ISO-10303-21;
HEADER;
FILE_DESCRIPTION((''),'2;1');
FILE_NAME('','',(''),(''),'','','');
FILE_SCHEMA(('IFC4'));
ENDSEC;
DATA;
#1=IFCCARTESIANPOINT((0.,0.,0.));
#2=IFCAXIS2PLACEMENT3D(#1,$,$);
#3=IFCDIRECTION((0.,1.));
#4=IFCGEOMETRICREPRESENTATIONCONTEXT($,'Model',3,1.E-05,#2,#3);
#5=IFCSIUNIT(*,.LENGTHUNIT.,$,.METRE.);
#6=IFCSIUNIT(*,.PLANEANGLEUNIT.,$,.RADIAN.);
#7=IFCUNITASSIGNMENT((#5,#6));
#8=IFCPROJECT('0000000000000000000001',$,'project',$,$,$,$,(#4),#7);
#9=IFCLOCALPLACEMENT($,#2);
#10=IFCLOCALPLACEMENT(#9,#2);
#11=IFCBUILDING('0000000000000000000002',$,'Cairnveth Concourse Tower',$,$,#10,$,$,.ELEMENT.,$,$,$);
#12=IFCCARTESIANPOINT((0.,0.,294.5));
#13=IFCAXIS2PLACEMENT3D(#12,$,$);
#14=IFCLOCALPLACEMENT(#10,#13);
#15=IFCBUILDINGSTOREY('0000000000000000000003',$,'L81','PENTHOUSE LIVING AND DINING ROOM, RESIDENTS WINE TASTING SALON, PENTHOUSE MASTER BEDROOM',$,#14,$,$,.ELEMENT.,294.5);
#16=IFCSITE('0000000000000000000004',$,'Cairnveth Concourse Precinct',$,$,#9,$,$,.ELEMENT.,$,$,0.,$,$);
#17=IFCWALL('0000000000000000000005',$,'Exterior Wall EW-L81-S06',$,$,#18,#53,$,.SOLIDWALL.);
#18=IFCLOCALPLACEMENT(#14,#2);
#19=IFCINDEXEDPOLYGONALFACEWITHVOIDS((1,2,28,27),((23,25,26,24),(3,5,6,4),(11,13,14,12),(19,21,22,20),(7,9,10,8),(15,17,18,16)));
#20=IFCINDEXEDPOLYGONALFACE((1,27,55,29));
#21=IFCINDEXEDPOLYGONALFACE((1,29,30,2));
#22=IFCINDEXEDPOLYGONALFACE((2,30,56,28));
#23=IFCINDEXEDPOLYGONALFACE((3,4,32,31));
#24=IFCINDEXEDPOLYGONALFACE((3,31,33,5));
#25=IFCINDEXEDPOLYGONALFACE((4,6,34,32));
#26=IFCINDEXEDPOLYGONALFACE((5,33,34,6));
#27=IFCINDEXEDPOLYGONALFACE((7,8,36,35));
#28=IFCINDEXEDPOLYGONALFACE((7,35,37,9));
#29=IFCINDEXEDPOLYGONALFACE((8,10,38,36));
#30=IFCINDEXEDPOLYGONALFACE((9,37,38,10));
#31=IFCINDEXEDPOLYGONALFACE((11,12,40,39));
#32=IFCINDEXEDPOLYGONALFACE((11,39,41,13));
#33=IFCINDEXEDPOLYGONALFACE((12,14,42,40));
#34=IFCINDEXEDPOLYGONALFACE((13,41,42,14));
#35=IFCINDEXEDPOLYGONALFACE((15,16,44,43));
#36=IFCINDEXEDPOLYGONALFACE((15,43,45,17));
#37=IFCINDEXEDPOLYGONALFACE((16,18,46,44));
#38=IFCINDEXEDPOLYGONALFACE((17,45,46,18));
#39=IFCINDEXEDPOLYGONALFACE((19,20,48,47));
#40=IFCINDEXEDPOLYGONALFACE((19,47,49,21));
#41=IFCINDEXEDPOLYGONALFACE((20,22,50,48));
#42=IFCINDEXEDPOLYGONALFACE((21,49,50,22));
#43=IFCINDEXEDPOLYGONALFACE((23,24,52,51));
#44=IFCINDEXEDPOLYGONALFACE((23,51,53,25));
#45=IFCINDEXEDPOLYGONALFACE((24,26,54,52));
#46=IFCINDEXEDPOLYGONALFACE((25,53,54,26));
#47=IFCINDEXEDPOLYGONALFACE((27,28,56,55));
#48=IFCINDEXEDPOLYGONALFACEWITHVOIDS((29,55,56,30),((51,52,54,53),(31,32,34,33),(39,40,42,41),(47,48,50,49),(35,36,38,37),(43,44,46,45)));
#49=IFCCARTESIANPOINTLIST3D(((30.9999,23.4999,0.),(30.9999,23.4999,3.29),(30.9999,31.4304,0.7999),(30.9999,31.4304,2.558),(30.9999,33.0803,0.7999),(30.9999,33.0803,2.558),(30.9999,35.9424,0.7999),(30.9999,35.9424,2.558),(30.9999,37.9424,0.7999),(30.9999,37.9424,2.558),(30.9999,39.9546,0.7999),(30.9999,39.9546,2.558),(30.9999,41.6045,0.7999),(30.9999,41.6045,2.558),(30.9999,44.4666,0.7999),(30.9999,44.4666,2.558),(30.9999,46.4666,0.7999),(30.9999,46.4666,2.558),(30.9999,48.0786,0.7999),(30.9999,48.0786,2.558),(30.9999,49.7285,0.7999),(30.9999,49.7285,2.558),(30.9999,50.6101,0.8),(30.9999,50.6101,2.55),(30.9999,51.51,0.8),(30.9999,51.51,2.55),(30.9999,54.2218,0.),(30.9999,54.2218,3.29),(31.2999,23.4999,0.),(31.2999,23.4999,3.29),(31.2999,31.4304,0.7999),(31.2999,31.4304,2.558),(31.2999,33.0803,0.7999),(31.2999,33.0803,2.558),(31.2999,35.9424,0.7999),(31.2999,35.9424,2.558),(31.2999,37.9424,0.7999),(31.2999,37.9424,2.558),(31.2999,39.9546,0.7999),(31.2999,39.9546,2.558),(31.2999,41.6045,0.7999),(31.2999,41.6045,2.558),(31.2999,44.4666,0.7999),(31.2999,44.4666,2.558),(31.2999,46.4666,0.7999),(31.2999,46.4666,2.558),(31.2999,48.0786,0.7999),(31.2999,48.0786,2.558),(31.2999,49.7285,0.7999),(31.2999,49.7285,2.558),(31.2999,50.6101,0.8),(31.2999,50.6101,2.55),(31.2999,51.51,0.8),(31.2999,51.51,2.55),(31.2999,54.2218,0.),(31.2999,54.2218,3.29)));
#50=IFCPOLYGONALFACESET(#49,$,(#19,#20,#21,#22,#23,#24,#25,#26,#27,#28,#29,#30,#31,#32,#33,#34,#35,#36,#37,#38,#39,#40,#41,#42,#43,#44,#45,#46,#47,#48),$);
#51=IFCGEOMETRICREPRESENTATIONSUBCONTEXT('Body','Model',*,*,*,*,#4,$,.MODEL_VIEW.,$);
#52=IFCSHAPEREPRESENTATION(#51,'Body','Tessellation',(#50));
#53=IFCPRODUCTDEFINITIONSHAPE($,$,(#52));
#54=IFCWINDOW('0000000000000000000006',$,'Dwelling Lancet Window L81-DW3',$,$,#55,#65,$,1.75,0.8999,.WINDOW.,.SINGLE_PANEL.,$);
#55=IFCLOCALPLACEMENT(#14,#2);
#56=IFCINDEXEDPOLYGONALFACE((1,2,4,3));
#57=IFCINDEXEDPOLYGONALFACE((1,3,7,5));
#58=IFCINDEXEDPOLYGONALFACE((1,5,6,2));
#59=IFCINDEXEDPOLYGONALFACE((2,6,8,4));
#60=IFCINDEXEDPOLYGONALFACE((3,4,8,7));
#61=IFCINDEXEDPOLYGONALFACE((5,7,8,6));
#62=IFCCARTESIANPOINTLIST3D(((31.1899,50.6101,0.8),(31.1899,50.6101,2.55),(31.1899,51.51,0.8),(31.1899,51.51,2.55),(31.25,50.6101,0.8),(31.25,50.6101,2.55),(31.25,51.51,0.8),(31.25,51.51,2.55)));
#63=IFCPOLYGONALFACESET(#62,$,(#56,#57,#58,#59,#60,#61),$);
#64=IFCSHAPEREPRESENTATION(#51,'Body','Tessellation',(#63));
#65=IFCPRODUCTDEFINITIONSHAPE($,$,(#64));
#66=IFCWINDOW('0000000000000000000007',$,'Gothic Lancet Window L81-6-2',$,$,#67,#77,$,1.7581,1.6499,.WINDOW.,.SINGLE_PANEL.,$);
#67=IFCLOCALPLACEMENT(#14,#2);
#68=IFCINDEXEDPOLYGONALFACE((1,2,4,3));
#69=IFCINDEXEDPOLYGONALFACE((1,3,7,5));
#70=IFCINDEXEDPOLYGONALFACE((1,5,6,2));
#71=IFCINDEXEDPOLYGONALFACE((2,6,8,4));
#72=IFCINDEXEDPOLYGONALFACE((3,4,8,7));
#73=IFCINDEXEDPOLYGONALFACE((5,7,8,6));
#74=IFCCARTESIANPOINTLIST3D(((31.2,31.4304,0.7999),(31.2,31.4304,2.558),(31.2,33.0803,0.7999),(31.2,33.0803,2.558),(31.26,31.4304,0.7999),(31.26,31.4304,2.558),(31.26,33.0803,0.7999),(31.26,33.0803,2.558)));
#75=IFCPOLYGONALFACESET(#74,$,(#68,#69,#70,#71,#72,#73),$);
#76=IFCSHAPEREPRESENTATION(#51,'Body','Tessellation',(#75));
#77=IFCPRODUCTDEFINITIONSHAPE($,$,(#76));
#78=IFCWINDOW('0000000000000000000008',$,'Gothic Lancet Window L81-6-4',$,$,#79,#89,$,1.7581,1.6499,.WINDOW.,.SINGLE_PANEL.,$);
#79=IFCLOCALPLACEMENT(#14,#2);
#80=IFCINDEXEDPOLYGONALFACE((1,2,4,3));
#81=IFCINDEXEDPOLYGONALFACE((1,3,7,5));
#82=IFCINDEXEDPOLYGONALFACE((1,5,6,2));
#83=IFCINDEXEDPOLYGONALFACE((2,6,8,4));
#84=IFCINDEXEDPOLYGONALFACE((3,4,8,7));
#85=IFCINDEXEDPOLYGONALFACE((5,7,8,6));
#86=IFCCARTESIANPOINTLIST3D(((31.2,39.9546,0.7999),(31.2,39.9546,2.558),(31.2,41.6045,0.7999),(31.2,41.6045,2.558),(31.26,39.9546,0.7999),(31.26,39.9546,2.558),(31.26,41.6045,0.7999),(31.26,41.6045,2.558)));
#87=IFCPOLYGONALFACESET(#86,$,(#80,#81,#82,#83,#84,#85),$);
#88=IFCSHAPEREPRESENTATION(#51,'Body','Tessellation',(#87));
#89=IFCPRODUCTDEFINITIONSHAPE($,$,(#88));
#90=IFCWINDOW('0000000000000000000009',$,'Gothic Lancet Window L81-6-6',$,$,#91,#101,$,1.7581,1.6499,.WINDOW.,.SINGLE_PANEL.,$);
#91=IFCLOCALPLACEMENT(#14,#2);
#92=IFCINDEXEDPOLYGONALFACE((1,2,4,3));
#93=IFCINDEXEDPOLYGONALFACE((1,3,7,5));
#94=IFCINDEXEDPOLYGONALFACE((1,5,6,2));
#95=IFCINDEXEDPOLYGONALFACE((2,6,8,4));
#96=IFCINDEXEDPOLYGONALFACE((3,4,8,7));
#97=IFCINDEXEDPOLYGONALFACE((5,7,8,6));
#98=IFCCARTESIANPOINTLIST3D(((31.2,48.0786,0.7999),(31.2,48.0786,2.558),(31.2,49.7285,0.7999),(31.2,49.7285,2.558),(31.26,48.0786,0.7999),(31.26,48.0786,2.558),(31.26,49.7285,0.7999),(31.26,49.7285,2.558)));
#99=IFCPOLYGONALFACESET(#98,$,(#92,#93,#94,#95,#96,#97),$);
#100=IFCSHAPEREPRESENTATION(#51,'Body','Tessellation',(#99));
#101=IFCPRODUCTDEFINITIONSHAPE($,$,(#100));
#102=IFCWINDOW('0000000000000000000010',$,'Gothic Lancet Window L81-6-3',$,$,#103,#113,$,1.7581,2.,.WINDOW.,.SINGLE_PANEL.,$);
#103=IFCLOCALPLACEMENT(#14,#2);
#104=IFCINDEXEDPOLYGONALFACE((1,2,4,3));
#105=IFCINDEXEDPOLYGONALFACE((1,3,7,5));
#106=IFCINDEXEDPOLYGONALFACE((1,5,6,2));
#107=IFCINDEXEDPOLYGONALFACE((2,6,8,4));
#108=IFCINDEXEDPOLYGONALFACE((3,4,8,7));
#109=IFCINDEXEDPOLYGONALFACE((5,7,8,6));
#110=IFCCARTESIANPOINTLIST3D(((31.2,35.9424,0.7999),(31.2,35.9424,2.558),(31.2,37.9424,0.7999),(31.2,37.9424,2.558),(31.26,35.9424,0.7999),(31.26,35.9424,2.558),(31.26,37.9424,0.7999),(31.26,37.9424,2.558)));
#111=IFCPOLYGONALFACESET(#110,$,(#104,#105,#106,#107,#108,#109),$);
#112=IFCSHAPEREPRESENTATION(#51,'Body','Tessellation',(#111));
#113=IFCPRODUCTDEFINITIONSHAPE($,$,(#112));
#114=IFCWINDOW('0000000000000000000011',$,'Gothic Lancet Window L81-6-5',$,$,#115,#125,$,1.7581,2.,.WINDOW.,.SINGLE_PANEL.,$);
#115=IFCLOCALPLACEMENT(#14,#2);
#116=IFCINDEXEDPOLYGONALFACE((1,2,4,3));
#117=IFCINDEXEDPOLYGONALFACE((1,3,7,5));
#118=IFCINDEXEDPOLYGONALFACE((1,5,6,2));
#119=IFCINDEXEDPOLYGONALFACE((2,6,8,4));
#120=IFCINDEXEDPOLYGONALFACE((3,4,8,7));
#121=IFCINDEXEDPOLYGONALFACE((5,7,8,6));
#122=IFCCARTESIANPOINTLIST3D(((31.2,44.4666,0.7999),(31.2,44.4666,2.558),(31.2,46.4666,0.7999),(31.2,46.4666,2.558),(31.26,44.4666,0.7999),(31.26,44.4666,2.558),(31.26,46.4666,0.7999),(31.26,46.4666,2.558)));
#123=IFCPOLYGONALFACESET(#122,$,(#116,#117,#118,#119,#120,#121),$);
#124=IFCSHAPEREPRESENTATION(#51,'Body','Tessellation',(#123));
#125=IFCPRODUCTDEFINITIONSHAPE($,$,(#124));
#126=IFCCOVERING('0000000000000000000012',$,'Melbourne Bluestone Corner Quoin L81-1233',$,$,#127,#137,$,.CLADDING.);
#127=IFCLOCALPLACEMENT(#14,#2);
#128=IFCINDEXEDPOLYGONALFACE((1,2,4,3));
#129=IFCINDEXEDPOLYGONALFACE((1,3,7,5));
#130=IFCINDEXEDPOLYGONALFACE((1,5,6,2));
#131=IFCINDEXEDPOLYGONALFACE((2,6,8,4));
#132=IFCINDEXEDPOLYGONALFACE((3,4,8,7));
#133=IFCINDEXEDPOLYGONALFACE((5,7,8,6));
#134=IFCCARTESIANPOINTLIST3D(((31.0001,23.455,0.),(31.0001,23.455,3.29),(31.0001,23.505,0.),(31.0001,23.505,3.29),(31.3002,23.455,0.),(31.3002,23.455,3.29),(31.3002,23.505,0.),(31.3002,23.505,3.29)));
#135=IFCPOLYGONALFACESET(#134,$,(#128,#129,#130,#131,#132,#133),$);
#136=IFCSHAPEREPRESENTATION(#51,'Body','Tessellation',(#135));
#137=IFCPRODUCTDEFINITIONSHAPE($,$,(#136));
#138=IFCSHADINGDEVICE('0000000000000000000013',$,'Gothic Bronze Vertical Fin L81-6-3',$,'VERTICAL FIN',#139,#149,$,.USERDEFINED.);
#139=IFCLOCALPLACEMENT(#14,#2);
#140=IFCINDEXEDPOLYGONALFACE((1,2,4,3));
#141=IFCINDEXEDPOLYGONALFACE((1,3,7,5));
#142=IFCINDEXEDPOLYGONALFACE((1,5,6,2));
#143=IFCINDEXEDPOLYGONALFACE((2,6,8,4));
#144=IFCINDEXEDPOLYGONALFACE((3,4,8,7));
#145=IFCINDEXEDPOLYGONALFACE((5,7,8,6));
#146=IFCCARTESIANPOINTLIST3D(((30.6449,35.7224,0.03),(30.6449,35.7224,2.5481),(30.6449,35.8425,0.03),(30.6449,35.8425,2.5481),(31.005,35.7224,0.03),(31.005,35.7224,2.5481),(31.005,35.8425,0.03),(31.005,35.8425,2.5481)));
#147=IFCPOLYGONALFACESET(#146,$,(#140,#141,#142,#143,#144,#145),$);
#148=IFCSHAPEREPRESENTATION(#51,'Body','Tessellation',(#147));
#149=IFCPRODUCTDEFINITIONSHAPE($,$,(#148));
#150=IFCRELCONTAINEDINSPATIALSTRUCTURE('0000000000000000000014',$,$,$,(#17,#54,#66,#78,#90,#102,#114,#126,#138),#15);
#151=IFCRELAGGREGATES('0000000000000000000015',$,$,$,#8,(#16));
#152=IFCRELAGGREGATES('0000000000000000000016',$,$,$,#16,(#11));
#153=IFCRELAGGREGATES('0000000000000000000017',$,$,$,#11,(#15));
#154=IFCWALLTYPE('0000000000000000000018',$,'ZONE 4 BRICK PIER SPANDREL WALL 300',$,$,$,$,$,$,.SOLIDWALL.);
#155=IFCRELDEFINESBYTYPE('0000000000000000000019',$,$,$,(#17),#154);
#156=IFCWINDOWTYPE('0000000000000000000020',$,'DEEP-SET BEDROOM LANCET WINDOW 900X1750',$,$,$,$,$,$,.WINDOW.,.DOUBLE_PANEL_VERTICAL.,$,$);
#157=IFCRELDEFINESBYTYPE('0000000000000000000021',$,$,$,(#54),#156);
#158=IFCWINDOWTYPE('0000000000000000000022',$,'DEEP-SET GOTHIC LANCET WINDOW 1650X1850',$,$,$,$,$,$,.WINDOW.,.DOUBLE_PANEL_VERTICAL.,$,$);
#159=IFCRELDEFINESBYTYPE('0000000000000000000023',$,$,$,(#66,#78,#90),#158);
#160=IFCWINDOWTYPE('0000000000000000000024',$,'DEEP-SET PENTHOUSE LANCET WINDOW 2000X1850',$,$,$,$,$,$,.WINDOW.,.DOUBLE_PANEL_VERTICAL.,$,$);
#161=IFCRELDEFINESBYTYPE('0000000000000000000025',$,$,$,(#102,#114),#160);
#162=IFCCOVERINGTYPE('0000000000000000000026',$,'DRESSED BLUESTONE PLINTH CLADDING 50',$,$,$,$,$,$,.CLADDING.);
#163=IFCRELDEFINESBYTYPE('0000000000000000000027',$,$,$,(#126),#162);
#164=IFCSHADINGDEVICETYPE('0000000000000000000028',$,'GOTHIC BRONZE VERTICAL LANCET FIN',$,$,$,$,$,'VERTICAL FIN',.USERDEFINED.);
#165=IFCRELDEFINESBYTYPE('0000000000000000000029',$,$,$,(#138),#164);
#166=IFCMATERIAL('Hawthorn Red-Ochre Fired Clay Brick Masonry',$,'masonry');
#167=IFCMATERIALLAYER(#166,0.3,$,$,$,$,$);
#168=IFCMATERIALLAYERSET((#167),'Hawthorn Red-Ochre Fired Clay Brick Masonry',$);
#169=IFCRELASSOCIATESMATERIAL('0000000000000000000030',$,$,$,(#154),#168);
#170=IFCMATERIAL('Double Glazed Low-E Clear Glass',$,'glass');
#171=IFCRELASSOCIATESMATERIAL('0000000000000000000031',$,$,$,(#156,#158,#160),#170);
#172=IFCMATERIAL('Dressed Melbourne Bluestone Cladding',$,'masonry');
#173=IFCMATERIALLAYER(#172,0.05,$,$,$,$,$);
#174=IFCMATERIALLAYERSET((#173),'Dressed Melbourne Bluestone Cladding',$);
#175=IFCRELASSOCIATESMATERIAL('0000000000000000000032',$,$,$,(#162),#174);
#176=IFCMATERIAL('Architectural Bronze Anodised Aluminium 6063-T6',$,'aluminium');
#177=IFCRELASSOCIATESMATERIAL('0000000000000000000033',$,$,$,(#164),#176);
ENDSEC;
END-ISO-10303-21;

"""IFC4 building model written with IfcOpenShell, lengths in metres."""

from ifc_helpers import new_model, si_unit, direction, frame, frame_2d, origin, origin_2d, place, context, subcontext, project, spatial, rectangle, extrude, material, layer, layer_set, type_object, element, fill, save


model = new_model("IFC4")

# Units and contexts
model_context = context("Model", 3, precision=1e-05, world=origin(), true_north=direction((0.0, 1.0)))
body_context = subcontext(model_context, "Body", "Model", "MODEL_VIEW")
ifc_project = project(units=[si_unit("LENGTHUNIT", "METRE"), si_unit("PLANEANGLEUNIT", "RADIAN")], contexts=[model_context])

# Site, building, storey
site_placement = place(None, origin())
site = spatial("IfcSite", under=ifc_project, at=site_placement, Name="Cairnveth Concourse Precinct", CompositionType="ELEMENT", RefElevation=0.0)
building_placement = place(site_placement, origin())
building = spatial("IfcBuilding", under=site, at=building_placement, Name="Cairnveth Concourse Tower", CompositionType="ELEMENT")
storey_placement = place(building_placement, frame((0.0, 0.0, 294.5)))
storey = spatial("IfcBuildingStorey", under=building, at=storey_placement, Name="L81", Description="PENTHOUSE LIVING AND DINING ROOM, RESIDENTS WINE TASTING SALON, PENTHOUSE MASTER BEDROOM", CompositionType="ELEMENT", Elevation=294.5)

# Wall, openings, windows
ifc_material_1 = material(Name="Hawthorn Red-Ochre Fired Clay Brick Masonry", Category="masonry")
ifc_layer_1 = layer(ifc_material_1, 0.3)
ifc_layer_set_1 = layer_set([ifc_layer_1], Name="Hawthorn Red-Ochre Fired Clay Brick Masonry")
wall_type_1 = type_object("IfcWallType", Name="ZONE 4 BRICK PIER SPANDREL WALL 300", PredefinedType="SOLIDWALL", material=ifc_layer_set_1)
wall_1_placement = place(storey_placement, frame((31.1499, 23.5, 0.0), z_axis=(0.0, 0.0, 1.0), x_axis=(0.0, 1.0, 0.0)))
wall_1 = element("IfcWall", 1, at=wall_1_placement, inside=storey, type_object=wall_type_1, Name="Exterior Wall EW-L81-S06", PredefinedType="SOLIDWALL", context=body_context, shape_type="SweptSolid", body=[
    extrude(rectangle(XDim=30.7219, YDim=0.3, at=frame_2d((15.3608, 0.0))), origin(), (0.0, 0.0, 1.0), 3.29),
])
opening_1_placement = place(wall_1_placement, frame((7.9304, 0.0, 0.8)))
opening_1 = element("IfcOpeningElement", 2, at=opening_1_placement, cuts=wall_1, PredefinedType="OPENING", context=body_context, shape_type="SweptSolid", body=[
    extrude(rectangle(XDim=1.6499, YDim=1.7581, at=frame_2d((0.825, 0.8789))), frame((0.0, 0.1599, 0.0), z_axis=(0.0, -1.0, 0.0), x_axis=(1.0, 0.0, 0.0)), (0.0, 0.0, 1.0), 0.3201),
])
opening_2_placement = place(wall_1_placement, frame((12.4424, 0.0, 0.8)))
opening_2 = element("IfcOpeningElement", 3, at=opening_2_placement, cuts=wall_1, PredefinedType="OPENING", context=body_context, shape_type="SweptSolid", body=[
    extrude(rectangle(XDim=2.0, YDim=1.7581, at=frame_2d((1.0, 0.8789))), frame((0.0, 0.1599, 0.0), z_axis=(0.0, -1.0, 0.0), x_axis=(1.0, 0.0, 0.0)), (0.0, 0.0, 1.0), 0.3201),
])
opening_3_placement = place(wall_1_placement, frame((16.4546, 0.0, 0.8)))
opening_3 = element("IfcOpeningElement", 4, at=opening_3_placement, cuts=wall_1, PredefinedType="OPENING", context=body_context, shape_type="SweptSolid", body=[
    extrude(rectangle(XDim=1.6499, YDim=1.7581, at=frame_2d((0.825, 0.8789))), frame((0.0, 0.1599, 0.0), z_axis=(0.0, -1.0, 0.0), x_axis=(1.0, 0.0, 0.0)), (0.0, 0.0, 1.0), 0.3201),
])
opening_4_placement = place(wall_1_placement, frame((20.9666, 0.0, 0.8)))
opening_4 = element("IfcOpeningElement", 5, at=opening_4_placement, cuts=wall_1, PredefinedType="OPENING", context=body_context, shape_type="SweptSolid", body=[
    extrude(rectangle(XDim=2.0, YDim=1.7581, at=frame_2d((1.0, 0.8789))), frame((0.0, 0.1599, 0.0), z_axis=(0.0, -1.0, 0.0), x_axis=(1.0, 0.0, 0.0)), (0.0, 0.0, 1.0), 0.3201),
])
opening_5_placement = place(wall_1_placement, frame((24.5786, 0.0, 0.8)))
opening_5 = element("IfcOpeningElement", 6, at=opening_5_placement, cuts=wall_1, PredefinedType="OPENING", context=body_context, shape_type="SweptSolid", body=[
    extrude(rectangle(XDim=1.6499, YDim=1.7581, at=frame_2d((0.825, 0.8789))), frame((0.0, 0.1599, 0.0), z_axis=(0.0, -1.0, 0.0), x_axis=(1.0, 0.0, 0.0)), (0.0, 0.0, 1.0), 0.3201),
])
opening_6_placement = place(wall_1_placement, frame((27.1101, 0.0, 0.8)))
opening_6 = element("IfcOpeningElement", 7, at=opening_6_placement, cuts=wall_1, PredefinedType="OPENING", context=body_context, shape_type="SweptSolid", body=[
    extrude(rectangle(XDim=0.8999, YDim=1.75, at=frame_2d((0.45, 0.875))), frame((0.0, 0.1599, 0.0), z_axis=(0.0, -1.0, 0.0), x_axis=(1.0, 0.0, 0.0)), (0.0, 0.0, 1.0), 0.3201),
])
ifc_material_2 = material(Name="Double Glazed Low-E Clear Glass", Category="glass")
window_type_1 = type_object("IfcWindowType", Name="DEEP-SET BEDROOM LANCET WINDOW 900X1750", PartitioningType="DOUBLE_PANEL_VERTICAL", PredefinedType="WINDOW", material=ifc_material_2)
window_1_placement = place(opening_6_placement, origin())
window_1 = element("IfcWindow", 8, at=window_1_placement, inside=storey, type_object=window_type_1, Name="Dwelling Lancet Window L81-DW3", OverallHeight=1.75, OverallWidth=0.8999, PartitioningType="SINGLE_PANEL", PredefinedType="WINDOW", context=body_context, shape_type="SweptSolid", body=[
    extrude(rectangle(XDim=0.8999, YDim=1.75, at=frame_2d((0.45, 0.875))), frame((0.0, -0.04, 0.0), z_axis=(0.0, -1.0, 0.0), x_axis=(1.0, 0.0, 0.0)), (0.0, 0.0, 1.0), 0.0601),
])
fill(opening_6, window_1)
window_type_2 = type_object("IfcWindowType", Name="DEEP-SET GOTHIC LANCET WINDOW 1650X1850", PartitioningType="DOUBLE_PANEL_VERTICAL", PredefinedType="WINDOW", material=ifc_material_2)
window_2_placement = place(opening_1_placement, origin())
window_2 = element("IfcWindow", 9, at=window_2_placement, inside=storey, type_object=window_type_2, Name="Gothic Lancet Window L81-6-2", OverallHeight=1.7581, OverallWidth=1.6499, PartitioningType="SINGLE_PANEL", PredefinedType="WINDOW", context=body_context, shape_type="SweptSolid", body=[
    extrude(rectangle(XDim=1.6499, YDim=1.7581, at=frame_2d((0.825, 0.8789))), frame((0.0, -0.05, 0.0), z_axis=(0.0, -1.0, 0.0), x_axis=(1.0, 0.0, 0.0)), (0.0, 0.0, 1.0), 0.0601),
])
fill(opening_1, window_2)
window_3_placement = place(opening_3_placement, origin())
window_3 = element("IfcWindow", 10, at=window_3_placement, inside=storey, type_object=window_type_2, Name="Gothic Lancet Window L81-6-4", OverallHeight=1.7581, OverallWidth=1.6499, PartitioningType="SINGLE_PANEL", PredefinedType="WINDOW", context=body_context, shape_type="SweptSolid", body=[
    extrude(rectangle(XDim=1.6499, YDim=1.7581, at=frame_2d((0.825, 0.8789))), frame((0.0, -0.05, 0.0), z_axis=(0.0, -1.0, 0.0), x_axis=(1.0, 0.0, 0.0)), (0.0, 0.0, 1.0), 0.0601),
])
fill(opening_3, window_3)
window_4_placement = place(opening_5_placement, origin())
window_4 = element("IfcWindow", 11, at=window_4_placement, inside=storey, type_object=window_type_2, Name="Gothic Lancet Window L81-6-6", OverallHeight=1.7581, OverallWidth=1.6499, PartitioningType="SINGLE_PANEL", PredefinedType="WINDOW", context=body_context, shape_type="SweptSolid", body=[
    extrude(rectangle(XDim=1.6499, YDim=1.7581, at=frame_2d((0.825, 0.8789))), frame((0.0, -0.05, 0.0), z_axis=(0.0, -1.0, 0.0), x_axis=(1.0, 0.0, 0.0)), (0.0, 0.0, 1.0), 0.0601),
])
fill(opening_5, window_4)
window_type_3 = type_object("IfcWindowType", Name="DEEP-SET PENTHOUSE LANCET WINDOW 2000X1850", PartitioningType="DOUBLE_PANEL_VERTICAL", PredefinedType="WINDOW", material=ifc_material_2)
window_5_placement = place(opening_2_placement, origin())
window_5 = element("IfcWindow", 12, at=window_5_placement, inside=storey, type_object=window_type_3, Name="Gothic Lancet Window L81-6-3", OverallHeight=1.7581, OverallWidth=2.0, PartitioningType="SINGLE_PANEL", PredefinedType="WINDOW", context=body_context, shape_type="SweptSolid", body=[
    extrude(rectangle(XDim=2.0, YDim=1.7581, at=frame_2d((1.0, 0.8789))), frame((0.0, -0.05, 0.0), z_axis=(0.0, -1.0, 0.0), x_axis=(1.0, 0.0, 0.0)), (0.0, 0.0, 1.0), 0.0601),
])
fill(opening_2, window_5)
window_6_placement = place(opening_4_placement, origin())
window_6 = element("IfcWindow", 13, at=window_6_placement, inside=storey, type_object=window_type_3, Name="Gothic Lancet Window L81-6-5", OverallHeight=1.7581, OverallWidth=2.0, PartitioningType="SINGLE_PANEL", PredefinedType="WINDOW", context=body_context, shape_type="SweptSolid", body=[
    extrude(rectangle(XDim=2.0, YDim=1.7581, at=frame_2d((1.0, 0.8789))), frame((0.0, -0.05, 0.0), z_axis=(0.0, -1.0, 0.0), x_axis=(1.0, 0.0, 0.0)), (0.0, 0.0, 1.0), 0.0601),
])
fill(opening_4, window_6)

# Covering
ifc_material_3 = material(Name="Dressed Melbourne Bluestone Cladding", Category="masonry")
ifc_layer_2 = layer(ifc_material_3, 0.05)
ifc_layer_set_2 = layer_set([ifc_layer_2], Name="Dressed Melbourne Bluestone Cladding")
covering_type = type_object("IfcCoveringType", Name="DRESSED BLUESTONE PLINTH CLADDING 50", PredefinedType="CLADDING", material=ifc_layer_set_2)
covering_placement = place(storey_placement, frame((31.3, 23.48, 0.0), z_axis=(0.0, 0.0, 1.0), x_axis=(-1.0, 0.0, 0.0)))
element("IfcCovering", 14, at=covering_placement, inside=storey, type_object=covering_type, Name="Melbourne Bluestone Corner Quoin L81-1233", PredefinedType="CLADDING", context=body_context, shape_type="SweptSolid", body=[
    extrude(rectangle(XDim=0.3, YDim=0.05, at=frame_2d((0.1499, 0.0))), origin(), (0.0, 0.0, 1.0), 3.29),
])

# Shading device
ifc_material_4 = material(Name="Architectural Bronze Anodised Aluminium 6063-T6", Category="aluminium")
shading_device_type = type_object("IfcShadingDeviceType", Name="GOTHIC BRONZE VERTICAL LANCET FIN", ElementType="VERTICAL FIN", PredefinedType="USERDEFINED", material=ifc_material_4)
shading_device_placement = place(storey_placement, frame((30.825, 35.7825, 0.03), z_axis=(0.0, 0.0, 1.0), x_axis=(0.0, 1.0, 0.0)))
element("IfcShadingDevice", 15, at=shading_device_placement, inside=storey, type_object=shading_device_type, Name="Gothic Bronze Vertical Fin L81-6-3", ObjectType="VERTICAL FIN", PredefinedType="USERDEFINED", context=body_context, shape_type="SweptSolid", body=[
    extrude(rectangle(XDim=0.1201, YDim=0.3601, at=origin_2d()), origin(), (0.0, 0.0, 1.0), 2.5181),
])

save(model, "model.ifc")
